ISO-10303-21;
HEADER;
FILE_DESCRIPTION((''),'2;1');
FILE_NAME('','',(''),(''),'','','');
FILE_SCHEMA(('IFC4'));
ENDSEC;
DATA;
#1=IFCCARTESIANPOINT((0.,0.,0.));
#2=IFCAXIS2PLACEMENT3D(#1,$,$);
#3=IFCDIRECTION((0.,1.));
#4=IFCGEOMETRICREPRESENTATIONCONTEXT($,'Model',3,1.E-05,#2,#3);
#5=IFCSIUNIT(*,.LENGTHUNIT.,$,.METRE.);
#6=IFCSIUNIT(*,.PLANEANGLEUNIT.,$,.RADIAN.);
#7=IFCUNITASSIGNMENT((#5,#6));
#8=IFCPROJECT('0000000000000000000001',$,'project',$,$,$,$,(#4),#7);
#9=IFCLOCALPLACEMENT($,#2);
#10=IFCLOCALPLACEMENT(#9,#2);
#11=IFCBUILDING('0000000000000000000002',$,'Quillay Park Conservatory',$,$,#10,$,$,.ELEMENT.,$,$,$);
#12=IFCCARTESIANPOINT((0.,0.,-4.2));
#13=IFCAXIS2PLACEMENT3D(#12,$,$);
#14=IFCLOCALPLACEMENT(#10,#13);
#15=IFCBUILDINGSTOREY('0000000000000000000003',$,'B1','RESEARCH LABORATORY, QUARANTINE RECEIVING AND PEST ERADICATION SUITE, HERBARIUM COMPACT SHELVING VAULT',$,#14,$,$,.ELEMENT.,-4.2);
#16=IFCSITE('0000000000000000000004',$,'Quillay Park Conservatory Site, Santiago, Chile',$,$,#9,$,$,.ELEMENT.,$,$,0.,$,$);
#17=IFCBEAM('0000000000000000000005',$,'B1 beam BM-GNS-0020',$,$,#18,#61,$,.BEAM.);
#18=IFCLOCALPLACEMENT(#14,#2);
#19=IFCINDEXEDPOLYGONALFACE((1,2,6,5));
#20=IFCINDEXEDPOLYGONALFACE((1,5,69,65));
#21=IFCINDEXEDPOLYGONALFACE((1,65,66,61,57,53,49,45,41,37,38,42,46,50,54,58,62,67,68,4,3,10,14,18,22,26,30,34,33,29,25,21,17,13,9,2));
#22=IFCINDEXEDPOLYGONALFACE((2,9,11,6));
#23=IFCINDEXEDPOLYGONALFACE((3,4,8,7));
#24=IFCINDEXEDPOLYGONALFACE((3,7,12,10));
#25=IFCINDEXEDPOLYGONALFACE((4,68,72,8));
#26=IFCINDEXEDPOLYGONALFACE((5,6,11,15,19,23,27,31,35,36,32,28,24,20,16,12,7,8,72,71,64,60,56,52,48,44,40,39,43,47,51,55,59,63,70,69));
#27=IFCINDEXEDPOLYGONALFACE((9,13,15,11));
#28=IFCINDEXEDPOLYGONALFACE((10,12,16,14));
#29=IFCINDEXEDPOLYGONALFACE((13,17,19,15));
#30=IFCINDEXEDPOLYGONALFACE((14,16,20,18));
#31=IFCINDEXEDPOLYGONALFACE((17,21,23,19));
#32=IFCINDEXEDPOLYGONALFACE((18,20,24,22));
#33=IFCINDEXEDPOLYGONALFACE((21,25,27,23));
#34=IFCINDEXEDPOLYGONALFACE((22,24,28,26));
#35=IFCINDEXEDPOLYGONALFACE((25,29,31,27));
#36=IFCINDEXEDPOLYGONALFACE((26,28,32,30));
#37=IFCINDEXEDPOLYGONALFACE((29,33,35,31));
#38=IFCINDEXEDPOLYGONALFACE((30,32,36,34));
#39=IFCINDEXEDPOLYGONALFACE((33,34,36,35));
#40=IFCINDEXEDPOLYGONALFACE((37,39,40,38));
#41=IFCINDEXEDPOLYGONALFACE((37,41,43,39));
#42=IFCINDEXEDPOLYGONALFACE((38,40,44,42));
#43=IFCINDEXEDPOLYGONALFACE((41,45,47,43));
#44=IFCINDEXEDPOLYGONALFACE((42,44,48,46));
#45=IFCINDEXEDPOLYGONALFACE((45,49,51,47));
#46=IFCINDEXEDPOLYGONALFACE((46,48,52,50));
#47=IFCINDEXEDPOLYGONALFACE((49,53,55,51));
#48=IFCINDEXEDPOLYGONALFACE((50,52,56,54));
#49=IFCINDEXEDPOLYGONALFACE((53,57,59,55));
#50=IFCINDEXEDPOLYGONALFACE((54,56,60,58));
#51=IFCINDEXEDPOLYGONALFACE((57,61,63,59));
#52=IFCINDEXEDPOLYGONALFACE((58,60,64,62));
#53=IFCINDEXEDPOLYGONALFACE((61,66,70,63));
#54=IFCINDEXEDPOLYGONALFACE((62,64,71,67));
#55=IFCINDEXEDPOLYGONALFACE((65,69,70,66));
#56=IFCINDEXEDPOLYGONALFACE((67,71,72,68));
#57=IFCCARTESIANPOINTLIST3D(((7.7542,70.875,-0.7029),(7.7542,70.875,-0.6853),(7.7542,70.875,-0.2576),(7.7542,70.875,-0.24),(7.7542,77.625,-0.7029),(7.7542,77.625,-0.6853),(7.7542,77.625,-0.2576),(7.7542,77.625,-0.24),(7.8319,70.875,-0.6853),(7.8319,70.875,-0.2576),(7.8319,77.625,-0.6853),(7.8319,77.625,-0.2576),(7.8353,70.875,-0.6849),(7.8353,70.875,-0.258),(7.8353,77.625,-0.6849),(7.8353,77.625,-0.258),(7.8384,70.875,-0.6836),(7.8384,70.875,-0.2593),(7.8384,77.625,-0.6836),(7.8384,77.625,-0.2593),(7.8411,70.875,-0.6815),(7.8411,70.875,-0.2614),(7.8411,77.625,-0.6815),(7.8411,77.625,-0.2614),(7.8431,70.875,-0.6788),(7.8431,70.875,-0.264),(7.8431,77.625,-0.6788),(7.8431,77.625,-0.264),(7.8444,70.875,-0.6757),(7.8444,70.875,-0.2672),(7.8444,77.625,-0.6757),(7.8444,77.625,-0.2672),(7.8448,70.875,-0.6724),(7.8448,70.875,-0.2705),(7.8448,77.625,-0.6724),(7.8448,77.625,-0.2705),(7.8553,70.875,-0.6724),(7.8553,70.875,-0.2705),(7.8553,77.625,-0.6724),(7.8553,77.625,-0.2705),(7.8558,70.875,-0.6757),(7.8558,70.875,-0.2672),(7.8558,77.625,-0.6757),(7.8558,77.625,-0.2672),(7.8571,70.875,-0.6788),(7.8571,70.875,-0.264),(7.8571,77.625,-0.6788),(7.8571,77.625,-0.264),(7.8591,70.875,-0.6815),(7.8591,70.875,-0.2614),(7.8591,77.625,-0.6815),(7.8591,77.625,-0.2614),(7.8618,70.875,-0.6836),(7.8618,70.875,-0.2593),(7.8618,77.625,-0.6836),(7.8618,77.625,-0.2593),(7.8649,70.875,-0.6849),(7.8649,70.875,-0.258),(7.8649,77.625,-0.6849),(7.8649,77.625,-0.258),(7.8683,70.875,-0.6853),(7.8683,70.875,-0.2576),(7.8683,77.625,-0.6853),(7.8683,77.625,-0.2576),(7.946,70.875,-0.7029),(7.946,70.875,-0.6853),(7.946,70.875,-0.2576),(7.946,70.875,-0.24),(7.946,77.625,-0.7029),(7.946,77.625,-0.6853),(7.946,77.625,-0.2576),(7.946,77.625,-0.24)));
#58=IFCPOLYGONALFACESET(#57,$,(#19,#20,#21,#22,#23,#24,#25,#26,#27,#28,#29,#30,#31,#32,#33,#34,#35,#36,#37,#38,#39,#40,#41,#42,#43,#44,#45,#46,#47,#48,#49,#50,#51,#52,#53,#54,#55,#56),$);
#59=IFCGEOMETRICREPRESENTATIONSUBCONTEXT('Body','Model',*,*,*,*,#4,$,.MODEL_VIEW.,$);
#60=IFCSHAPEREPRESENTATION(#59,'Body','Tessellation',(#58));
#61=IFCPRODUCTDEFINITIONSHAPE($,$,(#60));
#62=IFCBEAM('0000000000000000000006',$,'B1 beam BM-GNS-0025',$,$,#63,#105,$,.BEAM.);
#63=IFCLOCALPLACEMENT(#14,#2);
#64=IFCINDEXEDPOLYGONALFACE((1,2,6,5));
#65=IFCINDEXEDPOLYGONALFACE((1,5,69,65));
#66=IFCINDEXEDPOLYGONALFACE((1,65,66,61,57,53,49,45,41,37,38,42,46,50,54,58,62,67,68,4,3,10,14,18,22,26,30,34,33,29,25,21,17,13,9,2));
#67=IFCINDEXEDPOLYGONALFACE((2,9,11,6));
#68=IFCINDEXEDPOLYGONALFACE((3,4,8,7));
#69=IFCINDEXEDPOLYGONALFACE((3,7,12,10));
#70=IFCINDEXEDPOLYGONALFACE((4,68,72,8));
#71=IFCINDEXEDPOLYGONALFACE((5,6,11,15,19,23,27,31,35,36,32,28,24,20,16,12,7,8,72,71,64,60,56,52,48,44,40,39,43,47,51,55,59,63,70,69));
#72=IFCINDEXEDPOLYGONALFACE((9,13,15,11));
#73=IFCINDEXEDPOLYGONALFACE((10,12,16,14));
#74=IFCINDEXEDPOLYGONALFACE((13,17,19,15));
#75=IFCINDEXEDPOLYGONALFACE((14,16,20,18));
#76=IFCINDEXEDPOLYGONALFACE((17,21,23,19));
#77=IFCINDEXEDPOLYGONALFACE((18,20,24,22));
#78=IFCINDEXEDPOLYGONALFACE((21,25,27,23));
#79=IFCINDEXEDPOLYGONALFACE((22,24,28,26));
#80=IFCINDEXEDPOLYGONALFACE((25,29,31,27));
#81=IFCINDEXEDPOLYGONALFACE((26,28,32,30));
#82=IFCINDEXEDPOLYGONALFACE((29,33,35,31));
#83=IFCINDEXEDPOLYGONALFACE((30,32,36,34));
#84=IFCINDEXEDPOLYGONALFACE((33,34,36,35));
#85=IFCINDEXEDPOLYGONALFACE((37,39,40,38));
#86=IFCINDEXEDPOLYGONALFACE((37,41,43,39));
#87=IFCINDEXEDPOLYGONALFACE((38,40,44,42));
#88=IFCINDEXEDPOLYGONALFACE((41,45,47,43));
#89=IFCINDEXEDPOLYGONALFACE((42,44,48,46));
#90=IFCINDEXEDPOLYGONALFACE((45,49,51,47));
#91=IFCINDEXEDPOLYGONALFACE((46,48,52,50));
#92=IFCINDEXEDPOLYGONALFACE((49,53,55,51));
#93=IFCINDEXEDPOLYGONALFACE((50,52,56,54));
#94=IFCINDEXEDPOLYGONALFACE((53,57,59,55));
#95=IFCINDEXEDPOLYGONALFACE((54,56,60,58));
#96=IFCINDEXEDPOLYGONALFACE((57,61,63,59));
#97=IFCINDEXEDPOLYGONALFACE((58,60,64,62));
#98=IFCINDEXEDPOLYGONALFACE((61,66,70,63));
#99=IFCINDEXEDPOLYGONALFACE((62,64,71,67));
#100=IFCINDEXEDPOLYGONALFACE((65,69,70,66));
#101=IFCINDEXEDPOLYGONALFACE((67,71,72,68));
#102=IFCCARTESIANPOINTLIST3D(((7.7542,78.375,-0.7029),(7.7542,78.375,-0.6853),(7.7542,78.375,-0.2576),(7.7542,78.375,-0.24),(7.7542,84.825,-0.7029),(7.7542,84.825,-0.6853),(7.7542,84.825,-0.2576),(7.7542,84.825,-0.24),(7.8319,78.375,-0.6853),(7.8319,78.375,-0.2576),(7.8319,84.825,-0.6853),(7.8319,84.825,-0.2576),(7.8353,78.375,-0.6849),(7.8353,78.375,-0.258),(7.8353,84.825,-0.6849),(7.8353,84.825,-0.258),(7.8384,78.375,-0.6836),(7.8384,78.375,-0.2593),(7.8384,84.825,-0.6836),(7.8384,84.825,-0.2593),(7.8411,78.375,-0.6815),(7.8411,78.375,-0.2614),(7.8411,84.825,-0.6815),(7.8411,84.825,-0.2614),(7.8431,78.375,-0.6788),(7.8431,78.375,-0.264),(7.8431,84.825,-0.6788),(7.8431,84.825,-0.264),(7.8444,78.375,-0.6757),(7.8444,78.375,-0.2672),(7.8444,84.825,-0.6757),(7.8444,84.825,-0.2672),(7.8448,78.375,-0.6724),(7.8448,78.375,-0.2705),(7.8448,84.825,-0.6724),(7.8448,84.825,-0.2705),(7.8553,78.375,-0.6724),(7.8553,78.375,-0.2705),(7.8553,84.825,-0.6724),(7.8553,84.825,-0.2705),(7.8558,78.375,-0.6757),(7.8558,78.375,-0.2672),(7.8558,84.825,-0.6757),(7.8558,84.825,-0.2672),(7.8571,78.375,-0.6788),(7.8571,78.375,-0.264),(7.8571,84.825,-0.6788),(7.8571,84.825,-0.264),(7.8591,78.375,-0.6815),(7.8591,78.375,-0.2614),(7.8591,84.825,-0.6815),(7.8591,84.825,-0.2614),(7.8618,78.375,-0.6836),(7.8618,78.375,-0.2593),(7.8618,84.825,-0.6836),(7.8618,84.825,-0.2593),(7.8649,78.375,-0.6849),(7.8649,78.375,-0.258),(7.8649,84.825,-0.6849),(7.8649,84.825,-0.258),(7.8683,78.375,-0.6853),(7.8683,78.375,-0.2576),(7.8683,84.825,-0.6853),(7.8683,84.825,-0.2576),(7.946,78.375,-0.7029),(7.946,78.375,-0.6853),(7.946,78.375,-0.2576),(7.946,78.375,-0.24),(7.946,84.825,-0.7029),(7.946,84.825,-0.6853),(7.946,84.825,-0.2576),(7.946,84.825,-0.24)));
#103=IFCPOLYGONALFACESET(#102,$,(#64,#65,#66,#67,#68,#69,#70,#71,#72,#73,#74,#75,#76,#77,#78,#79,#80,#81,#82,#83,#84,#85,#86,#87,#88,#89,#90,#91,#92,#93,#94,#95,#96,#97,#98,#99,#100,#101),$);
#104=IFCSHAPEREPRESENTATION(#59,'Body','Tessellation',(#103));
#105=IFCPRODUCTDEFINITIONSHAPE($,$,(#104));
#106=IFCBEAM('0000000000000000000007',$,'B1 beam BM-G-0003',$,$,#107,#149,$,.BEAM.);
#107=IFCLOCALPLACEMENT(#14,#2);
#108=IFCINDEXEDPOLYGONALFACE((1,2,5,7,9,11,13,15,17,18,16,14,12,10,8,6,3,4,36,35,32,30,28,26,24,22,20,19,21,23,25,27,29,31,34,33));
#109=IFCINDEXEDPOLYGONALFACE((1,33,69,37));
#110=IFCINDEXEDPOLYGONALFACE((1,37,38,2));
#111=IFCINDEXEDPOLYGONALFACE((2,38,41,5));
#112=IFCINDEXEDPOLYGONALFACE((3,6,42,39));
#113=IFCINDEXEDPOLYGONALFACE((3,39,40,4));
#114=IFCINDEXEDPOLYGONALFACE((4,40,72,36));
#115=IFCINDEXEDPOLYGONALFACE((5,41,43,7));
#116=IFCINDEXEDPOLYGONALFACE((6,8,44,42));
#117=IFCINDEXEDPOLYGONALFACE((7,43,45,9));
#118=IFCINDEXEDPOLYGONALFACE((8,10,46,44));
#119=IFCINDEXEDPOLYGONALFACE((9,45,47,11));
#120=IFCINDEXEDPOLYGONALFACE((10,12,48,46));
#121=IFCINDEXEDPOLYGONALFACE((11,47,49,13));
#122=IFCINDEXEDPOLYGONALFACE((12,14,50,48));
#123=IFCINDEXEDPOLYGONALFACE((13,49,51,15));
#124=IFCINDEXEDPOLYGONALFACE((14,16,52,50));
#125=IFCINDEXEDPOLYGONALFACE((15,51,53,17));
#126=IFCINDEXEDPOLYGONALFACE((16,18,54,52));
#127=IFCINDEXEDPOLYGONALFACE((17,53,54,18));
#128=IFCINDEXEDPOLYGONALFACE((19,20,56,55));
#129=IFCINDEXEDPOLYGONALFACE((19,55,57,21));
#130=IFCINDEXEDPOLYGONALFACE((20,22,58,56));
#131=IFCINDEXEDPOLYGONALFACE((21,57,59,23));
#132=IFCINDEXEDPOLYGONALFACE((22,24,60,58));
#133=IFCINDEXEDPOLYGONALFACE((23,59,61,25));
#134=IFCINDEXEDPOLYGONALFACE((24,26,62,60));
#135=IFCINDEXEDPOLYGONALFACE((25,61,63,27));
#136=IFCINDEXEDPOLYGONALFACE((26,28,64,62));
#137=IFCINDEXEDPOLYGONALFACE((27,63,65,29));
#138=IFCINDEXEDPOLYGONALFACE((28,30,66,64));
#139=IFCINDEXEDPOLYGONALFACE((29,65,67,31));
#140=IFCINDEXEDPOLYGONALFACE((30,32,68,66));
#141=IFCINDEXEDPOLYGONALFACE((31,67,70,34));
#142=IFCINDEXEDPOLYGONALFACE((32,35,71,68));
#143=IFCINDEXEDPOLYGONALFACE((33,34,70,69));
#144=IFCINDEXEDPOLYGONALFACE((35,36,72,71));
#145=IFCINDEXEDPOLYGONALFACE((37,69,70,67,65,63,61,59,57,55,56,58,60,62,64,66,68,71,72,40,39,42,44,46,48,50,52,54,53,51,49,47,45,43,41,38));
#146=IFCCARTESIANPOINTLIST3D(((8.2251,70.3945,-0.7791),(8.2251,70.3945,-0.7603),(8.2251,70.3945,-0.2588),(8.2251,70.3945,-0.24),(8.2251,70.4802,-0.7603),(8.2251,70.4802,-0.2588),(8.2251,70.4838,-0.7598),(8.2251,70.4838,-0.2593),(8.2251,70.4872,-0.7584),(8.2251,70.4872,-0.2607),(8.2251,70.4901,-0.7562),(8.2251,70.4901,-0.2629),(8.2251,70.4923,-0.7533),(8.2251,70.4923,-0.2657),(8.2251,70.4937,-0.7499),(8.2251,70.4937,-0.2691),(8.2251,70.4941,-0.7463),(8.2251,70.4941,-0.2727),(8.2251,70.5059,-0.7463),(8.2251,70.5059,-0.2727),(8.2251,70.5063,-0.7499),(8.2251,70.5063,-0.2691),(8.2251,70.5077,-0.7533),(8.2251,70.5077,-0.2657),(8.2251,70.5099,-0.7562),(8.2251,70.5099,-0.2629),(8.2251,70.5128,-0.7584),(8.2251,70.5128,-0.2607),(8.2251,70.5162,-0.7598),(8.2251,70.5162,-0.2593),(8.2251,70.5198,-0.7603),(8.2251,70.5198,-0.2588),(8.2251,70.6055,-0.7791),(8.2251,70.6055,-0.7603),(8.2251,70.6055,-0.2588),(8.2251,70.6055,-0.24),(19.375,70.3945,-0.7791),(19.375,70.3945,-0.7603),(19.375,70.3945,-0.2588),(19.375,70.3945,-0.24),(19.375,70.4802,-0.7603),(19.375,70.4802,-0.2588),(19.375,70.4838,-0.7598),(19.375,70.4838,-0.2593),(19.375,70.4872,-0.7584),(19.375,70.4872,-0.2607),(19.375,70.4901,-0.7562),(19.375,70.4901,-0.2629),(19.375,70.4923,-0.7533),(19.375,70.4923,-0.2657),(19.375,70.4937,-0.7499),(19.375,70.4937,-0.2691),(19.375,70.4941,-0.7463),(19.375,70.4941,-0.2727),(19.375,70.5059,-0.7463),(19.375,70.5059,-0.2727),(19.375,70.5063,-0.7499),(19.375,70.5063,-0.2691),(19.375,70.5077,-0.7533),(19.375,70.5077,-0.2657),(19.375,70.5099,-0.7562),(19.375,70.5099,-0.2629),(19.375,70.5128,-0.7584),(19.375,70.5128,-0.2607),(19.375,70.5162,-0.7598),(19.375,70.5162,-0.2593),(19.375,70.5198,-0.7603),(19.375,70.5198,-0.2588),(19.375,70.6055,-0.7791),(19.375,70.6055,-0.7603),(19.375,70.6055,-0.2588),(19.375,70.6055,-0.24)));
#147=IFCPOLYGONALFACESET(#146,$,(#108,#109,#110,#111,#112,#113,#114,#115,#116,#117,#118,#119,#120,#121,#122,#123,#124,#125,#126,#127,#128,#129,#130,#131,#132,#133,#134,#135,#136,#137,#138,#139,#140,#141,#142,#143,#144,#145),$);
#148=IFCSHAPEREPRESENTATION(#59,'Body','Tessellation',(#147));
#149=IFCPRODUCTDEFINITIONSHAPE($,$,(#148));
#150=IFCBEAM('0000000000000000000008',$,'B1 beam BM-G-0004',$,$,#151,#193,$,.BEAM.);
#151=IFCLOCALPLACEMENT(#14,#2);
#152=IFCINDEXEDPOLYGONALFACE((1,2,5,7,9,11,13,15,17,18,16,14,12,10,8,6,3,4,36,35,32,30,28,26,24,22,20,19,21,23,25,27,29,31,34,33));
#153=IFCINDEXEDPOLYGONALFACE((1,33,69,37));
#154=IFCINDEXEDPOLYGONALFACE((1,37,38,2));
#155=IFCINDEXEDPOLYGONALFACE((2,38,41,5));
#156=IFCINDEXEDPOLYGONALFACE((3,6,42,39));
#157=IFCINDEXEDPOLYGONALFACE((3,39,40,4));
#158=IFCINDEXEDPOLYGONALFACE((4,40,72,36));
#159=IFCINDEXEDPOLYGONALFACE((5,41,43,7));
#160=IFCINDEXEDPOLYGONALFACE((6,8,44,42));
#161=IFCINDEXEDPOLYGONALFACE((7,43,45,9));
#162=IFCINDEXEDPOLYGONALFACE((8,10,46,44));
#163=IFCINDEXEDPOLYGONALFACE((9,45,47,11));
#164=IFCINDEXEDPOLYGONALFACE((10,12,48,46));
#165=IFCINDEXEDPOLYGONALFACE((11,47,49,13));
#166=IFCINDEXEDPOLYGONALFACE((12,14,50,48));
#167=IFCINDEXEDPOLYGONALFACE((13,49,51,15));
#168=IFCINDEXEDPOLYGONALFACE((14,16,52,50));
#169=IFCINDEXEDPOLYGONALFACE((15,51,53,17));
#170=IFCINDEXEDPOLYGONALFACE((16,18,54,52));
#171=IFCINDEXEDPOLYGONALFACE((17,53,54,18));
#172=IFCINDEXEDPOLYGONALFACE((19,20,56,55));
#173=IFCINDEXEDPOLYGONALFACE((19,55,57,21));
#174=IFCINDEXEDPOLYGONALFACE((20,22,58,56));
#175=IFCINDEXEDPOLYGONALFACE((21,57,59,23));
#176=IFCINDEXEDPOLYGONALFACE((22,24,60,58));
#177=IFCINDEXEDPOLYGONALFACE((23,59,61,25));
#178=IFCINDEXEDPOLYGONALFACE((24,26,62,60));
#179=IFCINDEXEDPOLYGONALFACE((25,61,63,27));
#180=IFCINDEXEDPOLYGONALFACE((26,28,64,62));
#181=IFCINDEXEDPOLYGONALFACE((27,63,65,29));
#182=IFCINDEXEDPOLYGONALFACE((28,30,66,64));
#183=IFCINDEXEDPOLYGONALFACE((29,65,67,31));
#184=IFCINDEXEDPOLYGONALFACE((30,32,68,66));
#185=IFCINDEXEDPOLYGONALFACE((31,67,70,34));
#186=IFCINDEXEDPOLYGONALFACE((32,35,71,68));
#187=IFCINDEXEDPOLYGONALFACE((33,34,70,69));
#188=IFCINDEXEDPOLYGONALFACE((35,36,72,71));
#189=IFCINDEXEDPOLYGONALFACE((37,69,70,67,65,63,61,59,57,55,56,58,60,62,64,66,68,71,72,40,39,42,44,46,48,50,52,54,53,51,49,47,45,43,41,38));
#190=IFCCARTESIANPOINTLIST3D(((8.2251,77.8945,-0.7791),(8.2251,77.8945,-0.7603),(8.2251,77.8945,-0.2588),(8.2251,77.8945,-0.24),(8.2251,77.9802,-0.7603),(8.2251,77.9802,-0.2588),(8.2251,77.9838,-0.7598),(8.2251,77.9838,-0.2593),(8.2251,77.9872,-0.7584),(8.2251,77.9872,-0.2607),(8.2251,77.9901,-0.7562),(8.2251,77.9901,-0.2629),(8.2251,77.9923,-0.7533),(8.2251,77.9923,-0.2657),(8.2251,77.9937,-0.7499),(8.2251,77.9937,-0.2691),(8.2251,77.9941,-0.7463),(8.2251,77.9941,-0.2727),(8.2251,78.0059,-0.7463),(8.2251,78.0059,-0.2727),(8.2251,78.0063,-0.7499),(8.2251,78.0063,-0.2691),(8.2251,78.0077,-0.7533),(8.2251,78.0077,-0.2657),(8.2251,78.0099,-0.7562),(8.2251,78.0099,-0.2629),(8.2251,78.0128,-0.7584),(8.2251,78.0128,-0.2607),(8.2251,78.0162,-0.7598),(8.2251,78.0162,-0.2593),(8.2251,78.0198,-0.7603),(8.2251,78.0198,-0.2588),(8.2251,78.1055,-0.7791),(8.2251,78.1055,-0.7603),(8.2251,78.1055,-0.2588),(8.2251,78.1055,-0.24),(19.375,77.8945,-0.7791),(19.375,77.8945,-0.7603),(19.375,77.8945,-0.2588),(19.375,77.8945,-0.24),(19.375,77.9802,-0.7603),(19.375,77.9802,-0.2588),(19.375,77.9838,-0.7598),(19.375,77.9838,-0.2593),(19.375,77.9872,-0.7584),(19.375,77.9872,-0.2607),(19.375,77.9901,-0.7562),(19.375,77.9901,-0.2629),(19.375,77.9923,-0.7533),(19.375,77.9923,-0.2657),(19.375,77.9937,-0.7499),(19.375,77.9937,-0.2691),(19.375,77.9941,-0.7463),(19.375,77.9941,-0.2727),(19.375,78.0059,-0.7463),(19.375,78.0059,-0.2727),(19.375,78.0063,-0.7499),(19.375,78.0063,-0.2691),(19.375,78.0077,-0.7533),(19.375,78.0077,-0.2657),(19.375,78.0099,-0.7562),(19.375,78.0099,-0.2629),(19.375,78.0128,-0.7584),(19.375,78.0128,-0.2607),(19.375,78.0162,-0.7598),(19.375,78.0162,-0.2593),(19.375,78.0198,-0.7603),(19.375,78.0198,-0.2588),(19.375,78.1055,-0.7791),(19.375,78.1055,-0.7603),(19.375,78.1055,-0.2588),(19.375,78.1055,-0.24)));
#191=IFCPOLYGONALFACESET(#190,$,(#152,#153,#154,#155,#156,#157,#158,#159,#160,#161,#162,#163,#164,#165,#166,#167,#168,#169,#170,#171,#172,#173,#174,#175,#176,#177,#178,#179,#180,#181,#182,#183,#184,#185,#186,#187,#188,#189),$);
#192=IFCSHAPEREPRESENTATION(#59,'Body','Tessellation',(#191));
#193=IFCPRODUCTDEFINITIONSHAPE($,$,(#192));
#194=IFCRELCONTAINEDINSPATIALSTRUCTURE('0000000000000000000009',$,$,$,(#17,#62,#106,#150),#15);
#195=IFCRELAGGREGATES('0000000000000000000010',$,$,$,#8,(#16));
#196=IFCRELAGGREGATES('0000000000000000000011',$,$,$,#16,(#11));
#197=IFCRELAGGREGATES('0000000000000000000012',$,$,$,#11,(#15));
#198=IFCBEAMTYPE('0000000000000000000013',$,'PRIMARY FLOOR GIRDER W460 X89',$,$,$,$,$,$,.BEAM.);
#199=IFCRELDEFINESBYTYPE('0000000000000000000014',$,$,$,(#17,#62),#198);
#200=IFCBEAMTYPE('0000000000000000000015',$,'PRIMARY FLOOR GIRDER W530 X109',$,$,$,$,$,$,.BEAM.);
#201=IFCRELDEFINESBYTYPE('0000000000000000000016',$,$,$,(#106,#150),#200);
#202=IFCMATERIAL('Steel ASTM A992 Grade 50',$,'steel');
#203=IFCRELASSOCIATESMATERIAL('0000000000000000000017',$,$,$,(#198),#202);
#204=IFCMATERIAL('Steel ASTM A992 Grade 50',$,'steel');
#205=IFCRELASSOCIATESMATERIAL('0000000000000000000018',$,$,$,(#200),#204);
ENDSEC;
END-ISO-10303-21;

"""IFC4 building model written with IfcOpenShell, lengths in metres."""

from ifc_helpers import new_model, si_unit, direction, frame, origin, origin_2d, place, context, subcontext, project, spatial, i_section, extrude, material, material_profile, profile_set, type_object, element, save


model = new_model("IFC4")

# Units and contexts
model_context = context("Model", 3, precision=1e-05, world=origin(), true_north=direction((0.0, 1.0)))
body_context = subcontext(model_context, "Body", "Model", "MODEL_VIEW")
ifc_project = project(units=[si_unit("LENGTHUNIT", "METRE"), si_unit("PLANEANGLEUNIT", "RADIAN")], contexts=[model_context])

# Site, building, storey
site_placement = place(None, origin())
site = spatial("IfcSite", under=ifc_project, at=site_placement, Name="Quillay Park Conservatory Site, Santiago, Chile", CompositionType="ELEMENT", RefElevation=0.0)
building_placement = place(site_placement, origin())
building = spatial("IfcBuilding", under=site, at=building_placement, Name="Quillay Park Conservatory", CompositionType="ELEMENT")
storey_placement = place(building_placement, frame((0.0, 0.0, -4.2)))
storey = spatial("IfcBuildingStorey", under=building, at=storey_placement, Name="B1", Description="RESEARCH LABORATORY, QUARANTINE RECEIVING AND PEST ERADICATION SUITE, HERBARIUM COMPACT SHELVING VAULT", CompositionType="ELEMENT", Elevation=-4.2)

# Beams
ifc_material_1 = material(Name="Steel ASTM A992 Grade 50", Category="steel")
ifc_material_profile_1 = material_profile(ifc_material_1, i_section(OverallWidth=0.1919, OverallDepth=0.4629, WebThickness=0.0105, FlangeThickness=0.0176, FilletRadius=0.0129, at=origin_2d()), Name="W460x89")
ifc_profile_set_1 = profile_set([ifc_material_profile_1], Name="Steel ASTM A992 Grade 50")
beam_type_1 = type_object("IfcBeamType", Name="PRIMARY FLOOR GIRDER W460 X89", PredefinedType="BEAM", material=ifc_profile_set_1)
beam_1_placement = place(storey_placement, frame((7.8501, 70.875, -0.4714), z_axis=(0.0, 1.0, 0.0), x_axis=(-1.0, 0.0, 0.0)))
element("IfcBeam", 1, at=beam_1_placement, inside=storey, type_object=beam_type_1, Name="B1 beam BM-GNS-0020", PredefinedType="BEAM", context=body_context, shape_type="SweptSolid", body=[
    extrude(i_section(OverallWidth=0.1919, OverallDepth=0.4629, WebThickness=0.0105, FlangeThickness=0.0176, FilletRadius=0.0129, at=origin_2d()), origin(), (0.0, 0.0, 1.0), 6.75),
])
beam_2_placement = place(storey_placement, frame((7.8501, 78.375, -0.4714), z_axis=(0.0, 1.0, 0.0), x_axis=(-1.0, 0.0, 0.0)))
element("IfcBeam", 2, at=beam_2_placement, inside=storey, type_object=beam_type_1, Name="B1 beam BM-GNS-0025", PredefinedType="BEAM", context=body_context, shape_type="SweptSolid", body=[
    extrude(i_section(OverallWidth=0.1919, OverallDepth=0.4629, WebThickness=0.0105, FlangeThickness=0.0176, FilletRadius=0.0129, at=origin_2d()), origin(), (0.0, 0.0, 1.0), 6.45),
])
ifc_material_2 = material(Name="Steel ASTM A992 Grade 50", Category="steel")
ifc_material_profile_2 = material_profile(ifc_material_2, i_section(OverallWidth=0.2109, OverallDepth=0.5391, WebThickness=0.0117, FlangeThickness=0.0188, FilletRadius=0.0139, at=origin_2d()), Name="W530x109")
ifc_profile_set_2 = profile_set([ifc_material_profile_2], Name="Steel ASTM A992 Grade 50")
beam_type_2 = type_object("IfcBeamType", Name="PRIMARY FLOOR GIRDER W530 X109", PredefinedType="BEAM", material=ifc_profile_set_2)
for number, where, z_axis, x_axis, name in (
    (3, (8.2251, 70.5, -0.5095), (1.0, 0.0, 0.0), (0.0, 1.0, 0.0), "B1 beam BM-G-0003"),
    (4, (8.2251, 78.0, -0.5095), (1.0, 0.0, 0.0), (0.0, 1.0, 0.0), "B1 beam BM-G-0004"),
):
    element("IfcBeam", number, at=place(storey_placement, frame(where, z_axis=z_axis, x_axis=x_axis)), inside=storey, type_object=beam_type_2, Name=name, PredefinedType="BEAM", context=body_context, shape_type="SweptSolid", body=[
        extrude(i_section(OverallWidth=0.2109, OverallDepth=0.5391, WebThickness=0.0117, FlangeThickness=0.0188, FilletRadius=0.0139, at=origin_2d()), origin(), (0.0, 0.0, 1.0), 11.1499),
    ])

save(model, "model.ifc")
